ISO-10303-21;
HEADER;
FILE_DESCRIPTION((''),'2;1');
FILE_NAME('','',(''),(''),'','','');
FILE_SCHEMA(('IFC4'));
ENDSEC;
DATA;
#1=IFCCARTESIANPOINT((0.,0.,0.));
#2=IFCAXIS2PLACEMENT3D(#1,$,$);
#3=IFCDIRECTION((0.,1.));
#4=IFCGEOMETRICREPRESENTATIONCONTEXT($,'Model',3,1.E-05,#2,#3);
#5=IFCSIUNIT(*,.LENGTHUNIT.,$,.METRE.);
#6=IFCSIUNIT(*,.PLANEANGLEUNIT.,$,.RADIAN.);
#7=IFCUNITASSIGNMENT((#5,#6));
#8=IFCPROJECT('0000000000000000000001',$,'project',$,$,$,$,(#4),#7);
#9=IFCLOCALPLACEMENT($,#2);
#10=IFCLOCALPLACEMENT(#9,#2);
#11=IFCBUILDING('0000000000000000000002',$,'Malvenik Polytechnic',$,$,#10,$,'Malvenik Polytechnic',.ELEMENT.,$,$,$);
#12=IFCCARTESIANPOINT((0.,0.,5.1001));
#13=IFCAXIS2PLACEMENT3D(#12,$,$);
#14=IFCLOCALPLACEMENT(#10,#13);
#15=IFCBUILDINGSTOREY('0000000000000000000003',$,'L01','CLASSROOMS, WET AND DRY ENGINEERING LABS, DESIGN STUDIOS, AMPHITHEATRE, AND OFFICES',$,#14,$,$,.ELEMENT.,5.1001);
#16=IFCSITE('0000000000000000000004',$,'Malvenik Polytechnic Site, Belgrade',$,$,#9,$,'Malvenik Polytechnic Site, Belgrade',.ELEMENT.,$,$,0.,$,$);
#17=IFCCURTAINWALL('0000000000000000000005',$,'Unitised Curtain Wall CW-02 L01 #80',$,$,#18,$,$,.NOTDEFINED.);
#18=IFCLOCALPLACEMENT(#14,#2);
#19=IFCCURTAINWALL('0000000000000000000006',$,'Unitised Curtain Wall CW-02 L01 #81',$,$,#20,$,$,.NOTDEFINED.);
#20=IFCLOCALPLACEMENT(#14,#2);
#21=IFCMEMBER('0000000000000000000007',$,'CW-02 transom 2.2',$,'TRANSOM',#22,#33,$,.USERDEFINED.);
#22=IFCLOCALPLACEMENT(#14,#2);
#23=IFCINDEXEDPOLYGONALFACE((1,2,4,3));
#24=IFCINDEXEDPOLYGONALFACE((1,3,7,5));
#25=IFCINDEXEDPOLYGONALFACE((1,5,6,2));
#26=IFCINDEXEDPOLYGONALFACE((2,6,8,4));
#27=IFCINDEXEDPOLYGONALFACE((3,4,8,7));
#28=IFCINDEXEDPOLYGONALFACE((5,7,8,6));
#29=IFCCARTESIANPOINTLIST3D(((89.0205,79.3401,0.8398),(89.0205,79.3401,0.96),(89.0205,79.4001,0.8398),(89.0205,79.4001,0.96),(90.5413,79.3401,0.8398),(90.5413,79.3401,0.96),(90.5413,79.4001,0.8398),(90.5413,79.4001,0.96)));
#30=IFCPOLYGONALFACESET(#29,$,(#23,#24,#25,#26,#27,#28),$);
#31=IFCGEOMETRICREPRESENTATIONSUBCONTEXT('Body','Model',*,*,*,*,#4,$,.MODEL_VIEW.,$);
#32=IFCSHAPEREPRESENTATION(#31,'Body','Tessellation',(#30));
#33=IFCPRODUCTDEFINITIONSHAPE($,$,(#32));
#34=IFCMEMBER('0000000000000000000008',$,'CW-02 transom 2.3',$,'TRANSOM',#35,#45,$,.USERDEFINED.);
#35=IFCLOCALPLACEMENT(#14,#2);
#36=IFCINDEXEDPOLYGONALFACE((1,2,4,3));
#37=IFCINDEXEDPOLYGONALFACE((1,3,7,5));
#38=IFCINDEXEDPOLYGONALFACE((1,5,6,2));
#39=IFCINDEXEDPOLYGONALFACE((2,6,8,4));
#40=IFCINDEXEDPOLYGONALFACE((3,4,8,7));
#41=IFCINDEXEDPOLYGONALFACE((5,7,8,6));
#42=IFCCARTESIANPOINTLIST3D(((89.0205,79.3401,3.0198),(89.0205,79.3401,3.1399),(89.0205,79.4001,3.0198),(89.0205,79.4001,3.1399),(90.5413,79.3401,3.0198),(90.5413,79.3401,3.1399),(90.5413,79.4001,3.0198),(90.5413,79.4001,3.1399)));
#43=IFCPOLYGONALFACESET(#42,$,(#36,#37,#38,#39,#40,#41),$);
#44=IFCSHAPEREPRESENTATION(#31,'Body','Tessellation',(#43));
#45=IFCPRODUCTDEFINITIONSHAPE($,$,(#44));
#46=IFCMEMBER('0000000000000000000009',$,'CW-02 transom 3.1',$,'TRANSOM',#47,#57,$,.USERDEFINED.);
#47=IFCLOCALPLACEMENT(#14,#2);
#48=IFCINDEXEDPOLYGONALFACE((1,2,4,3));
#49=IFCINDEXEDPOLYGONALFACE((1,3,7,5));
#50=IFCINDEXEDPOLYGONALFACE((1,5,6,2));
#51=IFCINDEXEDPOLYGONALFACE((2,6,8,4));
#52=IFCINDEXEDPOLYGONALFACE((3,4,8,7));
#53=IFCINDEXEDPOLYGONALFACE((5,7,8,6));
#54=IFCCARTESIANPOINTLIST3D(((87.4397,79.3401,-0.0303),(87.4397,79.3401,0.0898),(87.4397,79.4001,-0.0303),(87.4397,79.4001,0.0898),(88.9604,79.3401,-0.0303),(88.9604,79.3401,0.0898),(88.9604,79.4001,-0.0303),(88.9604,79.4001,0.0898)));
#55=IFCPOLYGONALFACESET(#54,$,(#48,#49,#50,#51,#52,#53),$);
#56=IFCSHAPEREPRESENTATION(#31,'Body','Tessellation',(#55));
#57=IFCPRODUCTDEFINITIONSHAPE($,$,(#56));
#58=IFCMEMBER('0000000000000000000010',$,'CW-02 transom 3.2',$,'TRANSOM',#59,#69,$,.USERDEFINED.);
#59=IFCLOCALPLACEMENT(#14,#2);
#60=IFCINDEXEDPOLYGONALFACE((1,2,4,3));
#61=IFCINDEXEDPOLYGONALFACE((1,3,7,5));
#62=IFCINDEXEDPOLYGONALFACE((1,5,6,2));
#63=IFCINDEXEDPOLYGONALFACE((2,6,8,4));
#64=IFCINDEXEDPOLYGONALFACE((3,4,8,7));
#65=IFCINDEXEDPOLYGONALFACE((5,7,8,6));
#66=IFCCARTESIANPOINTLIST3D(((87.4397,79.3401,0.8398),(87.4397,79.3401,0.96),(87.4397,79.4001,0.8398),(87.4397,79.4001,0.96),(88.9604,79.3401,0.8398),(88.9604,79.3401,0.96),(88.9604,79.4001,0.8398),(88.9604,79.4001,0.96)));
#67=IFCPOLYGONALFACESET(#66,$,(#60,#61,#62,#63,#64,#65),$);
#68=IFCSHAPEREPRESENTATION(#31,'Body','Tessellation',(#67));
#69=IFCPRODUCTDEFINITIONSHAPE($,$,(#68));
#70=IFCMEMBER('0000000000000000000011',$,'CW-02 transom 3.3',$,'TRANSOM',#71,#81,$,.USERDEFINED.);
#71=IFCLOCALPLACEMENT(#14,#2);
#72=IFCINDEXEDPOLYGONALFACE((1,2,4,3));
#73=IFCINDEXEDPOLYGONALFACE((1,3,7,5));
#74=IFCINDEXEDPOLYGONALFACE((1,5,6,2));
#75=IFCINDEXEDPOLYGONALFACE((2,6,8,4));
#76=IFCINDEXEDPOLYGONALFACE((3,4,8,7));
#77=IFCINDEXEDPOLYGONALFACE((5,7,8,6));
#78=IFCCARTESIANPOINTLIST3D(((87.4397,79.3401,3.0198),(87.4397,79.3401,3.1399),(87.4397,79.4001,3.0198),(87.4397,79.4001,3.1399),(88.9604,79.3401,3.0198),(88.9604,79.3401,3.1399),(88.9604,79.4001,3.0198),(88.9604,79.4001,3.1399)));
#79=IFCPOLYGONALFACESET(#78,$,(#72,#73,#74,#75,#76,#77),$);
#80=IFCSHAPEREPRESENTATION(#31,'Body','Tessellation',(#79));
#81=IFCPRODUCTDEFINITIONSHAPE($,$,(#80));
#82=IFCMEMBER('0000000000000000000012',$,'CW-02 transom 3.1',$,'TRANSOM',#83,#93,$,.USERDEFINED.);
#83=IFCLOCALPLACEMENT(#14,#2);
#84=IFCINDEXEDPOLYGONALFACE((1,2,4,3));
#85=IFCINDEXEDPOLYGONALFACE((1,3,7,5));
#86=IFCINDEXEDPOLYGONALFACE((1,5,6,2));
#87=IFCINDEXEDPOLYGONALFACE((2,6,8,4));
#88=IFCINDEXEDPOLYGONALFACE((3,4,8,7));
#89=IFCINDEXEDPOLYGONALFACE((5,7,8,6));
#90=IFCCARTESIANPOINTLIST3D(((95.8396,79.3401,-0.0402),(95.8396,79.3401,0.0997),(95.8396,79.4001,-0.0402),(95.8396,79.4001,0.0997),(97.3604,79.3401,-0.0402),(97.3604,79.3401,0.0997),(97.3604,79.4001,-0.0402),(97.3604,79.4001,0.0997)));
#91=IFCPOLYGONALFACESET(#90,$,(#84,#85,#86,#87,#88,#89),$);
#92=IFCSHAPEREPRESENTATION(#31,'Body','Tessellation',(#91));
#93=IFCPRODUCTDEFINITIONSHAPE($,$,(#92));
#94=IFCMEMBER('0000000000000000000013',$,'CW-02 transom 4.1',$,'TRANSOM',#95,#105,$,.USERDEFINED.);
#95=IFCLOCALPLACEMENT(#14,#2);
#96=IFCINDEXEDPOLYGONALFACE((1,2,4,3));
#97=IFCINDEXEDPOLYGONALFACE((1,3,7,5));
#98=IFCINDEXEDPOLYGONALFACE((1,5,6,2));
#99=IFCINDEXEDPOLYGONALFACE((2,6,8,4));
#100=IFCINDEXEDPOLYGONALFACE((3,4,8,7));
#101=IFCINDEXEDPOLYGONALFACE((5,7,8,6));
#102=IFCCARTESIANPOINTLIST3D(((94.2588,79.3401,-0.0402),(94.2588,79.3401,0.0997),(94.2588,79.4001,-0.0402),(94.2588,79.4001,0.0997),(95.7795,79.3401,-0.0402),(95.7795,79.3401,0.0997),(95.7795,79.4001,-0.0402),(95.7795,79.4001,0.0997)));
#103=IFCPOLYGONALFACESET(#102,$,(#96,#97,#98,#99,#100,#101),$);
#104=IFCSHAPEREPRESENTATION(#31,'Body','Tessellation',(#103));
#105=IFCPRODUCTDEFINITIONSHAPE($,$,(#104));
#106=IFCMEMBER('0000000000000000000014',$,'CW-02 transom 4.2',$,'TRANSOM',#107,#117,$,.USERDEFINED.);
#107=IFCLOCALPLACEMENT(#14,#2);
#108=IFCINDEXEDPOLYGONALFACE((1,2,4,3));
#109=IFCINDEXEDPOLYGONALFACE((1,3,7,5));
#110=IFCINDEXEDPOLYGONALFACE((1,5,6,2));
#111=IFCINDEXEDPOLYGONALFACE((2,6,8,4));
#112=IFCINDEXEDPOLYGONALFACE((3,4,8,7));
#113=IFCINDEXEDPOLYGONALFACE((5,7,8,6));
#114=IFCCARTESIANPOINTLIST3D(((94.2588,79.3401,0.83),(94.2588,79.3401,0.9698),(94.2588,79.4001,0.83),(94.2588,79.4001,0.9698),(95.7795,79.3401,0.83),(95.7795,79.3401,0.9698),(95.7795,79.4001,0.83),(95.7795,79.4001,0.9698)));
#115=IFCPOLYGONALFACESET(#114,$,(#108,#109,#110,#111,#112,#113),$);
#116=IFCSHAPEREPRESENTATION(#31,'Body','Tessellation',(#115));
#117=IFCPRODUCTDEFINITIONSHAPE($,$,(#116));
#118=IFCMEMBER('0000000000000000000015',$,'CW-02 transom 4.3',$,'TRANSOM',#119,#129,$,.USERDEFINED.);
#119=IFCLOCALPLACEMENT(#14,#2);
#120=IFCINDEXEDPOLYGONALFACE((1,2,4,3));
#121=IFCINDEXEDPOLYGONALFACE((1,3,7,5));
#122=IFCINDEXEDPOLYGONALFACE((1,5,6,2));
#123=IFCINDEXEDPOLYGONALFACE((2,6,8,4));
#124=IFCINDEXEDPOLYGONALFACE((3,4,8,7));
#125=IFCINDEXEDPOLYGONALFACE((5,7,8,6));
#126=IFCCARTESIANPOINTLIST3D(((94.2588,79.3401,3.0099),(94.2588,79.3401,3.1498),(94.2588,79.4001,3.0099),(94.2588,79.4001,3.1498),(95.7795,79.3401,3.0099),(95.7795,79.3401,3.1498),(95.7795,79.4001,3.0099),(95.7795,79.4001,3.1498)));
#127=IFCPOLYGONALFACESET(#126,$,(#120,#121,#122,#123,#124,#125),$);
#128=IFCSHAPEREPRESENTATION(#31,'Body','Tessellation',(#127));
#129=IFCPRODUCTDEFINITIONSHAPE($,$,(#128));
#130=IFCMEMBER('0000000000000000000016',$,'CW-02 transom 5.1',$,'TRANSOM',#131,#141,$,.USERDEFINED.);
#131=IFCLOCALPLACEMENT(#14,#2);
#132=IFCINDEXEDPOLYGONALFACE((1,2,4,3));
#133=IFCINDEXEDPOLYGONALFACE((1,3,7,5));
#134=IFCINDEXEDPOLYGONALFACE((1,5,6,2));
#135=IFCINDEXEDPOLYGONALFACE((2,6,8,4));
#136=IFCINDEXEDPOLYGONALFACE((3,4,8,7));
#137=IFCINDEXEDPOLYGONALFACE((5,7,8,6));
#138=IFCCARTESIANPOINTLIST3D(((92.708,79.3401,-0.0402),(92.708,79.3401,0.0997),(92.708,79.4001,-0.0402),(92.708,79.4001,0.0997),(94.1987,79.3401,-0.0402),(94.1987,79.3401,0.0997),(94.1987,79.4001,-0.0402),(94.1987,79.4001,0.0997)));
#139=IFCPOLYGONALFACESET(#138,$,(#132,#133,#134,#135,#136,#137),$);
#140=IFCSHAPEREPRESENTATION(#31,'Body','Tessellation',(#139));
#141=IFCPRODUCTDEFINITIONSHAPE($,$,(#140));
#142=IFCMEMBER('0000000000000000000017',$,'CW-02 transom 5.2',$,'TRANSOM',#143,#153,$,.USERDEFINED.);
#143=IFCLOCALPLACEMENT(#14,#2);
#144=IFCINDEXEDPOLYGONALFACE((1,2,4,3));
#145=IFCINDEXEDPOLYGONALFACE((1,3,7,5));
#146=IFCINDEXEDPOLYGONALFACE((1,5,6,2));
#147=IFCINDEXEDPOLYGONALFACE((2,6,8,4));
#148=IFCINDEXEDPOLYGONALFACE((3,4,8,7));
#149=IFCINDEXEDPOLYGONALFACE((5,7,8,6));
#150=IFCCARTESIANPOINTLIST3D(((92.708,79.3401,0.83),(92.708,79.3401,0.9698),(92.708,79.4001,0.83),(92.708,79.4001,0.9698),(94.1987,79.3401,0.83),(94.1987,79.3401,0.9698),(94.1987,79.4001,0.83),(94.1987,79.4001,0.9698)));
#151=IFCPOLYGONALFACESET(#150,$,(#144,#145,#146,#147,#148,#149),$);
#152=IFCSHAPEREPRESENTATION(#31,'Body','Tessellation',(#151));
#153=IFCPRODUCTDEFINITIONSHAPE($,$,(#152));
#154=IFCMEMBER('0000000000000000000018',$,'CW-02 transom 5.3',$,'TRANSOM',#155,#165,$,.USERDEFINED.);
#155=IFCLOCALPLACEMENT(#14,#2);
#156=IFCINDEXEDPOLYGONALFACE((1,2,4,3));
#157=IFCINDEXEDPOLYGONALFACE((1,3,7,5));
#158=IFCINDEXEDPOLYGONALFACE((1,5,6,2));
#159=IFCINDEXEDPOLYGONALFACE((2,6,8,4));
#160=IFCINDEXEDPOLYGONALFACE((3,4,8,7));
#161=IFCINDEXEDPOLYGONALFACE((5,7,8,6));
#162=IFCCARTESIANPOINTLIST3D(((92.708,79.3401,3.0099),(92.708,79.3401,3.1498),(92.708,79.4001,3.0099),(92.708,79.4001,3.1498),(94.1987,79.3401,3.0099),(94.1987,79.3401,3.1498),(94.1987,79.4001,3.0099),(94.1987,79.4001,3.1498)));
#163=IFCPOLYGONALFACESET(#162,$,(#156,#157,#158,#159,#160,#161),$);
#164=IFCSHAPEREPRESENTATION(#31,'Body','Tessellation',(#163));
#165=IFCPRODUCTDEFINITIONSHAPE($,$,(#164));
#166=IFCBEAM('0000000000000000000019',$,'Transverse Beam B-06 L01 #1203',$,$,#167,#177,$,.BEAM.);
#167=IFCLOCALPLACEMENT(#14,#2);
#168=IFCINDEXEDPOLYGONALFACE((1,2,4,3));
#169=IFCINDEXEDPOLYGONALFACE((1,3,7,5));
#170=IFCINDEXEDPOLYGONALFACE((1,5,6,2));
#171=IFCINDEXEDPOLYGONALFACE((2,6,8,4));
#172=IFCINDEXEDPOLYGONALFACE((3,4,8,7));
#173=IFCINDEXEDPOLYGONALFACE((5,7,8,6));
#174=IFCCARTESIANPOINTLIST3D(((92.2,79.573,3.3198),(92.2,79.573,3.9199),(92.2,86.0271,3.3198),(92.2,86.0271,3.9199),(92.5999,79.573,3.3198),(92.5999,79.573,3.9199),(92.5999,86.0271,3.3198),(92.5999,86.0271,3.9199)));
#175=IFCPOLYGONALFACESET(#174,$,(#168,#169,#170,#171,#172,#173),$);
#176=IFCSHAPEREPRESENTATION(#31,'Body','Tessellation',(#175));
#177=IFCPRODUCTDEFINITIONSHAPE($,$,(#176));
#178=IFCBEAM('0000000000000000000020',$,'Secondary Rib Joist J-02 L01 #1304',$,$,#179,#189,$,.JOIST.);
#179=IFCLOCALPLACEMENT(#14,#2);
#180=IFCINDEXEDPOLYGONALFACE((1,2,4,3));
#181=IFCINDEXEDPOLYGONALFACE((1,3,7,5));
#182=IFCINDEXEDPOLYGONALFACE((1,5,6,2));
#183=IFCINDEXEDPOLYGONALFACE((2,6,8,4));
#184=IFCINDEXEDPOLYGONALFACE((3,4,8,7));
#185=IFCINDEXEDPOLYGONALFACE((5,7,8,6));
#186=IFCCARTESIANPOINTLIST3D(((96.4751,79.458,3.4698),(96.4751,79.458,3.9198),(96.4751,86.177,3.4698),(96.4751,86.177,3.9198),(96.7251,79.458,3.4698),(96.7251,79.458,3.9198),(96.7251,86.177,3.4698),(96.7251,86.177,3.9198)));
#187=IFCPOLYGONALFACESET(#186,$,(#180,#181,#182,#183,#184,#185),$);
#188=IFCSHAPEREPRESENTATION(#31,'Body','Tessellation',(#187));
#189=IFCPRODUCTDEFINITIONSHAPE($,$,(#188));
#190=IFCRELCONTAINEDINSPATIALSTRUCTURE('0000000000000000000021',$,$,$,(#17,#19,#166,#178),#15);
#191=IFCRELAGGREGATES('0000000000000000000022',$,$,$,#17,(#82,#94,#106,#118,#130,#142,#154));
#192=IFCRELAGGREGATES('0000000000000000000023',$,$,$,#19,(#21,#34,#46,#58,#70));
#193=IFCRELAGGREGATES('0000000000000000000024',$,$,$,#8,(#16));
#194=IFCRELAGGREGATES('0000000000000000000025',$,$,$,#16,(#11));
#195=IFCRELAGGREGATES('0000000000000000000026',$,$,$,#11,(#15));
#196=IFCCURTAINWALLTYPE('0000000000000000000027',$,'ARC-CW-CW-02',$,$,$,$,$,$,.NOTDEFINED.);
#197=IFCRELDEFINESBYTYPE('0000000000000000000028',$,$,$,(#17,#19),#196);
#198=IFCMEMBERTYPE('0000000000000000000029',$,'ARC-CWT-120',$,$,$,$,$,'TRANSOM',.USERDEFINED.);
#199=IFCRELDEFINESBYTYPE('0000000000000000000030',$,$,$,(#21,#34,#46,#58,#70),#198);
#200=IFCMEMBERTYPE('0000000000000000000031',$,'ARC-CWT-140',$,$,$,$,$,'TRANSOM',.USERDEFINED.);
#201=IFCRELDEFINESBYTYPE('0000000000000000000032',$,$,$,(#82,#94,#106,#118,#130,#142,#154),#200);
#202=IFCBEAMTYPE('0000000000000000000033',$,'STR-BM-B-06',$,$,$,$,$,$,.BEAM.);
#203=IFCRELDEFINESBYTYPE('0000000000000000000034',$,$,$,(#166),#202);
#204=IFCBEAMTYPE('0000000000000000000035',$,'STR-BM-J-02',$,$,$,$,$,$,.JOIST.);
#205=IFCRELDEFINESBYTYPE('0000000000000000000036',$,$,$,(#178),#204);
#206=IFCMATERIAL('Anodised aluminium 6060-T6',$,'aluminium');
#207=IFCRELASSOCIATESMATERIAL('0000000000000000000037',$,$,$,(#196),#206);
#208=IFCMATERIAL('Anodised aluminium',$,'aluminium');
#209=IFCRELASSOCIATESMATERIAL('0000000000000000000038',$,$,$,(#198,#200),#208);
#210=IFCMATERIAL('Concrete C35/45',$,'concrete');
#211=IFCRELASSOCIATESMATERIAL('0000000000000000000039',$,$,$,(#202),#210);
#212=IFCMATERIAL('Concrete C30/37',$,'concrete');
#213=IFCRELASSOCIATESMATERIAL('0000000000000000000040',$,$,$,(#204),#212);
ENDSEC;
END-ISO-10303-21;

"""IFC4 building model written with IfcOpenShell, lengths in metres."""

from ifc_helpers import new_model, si_unit, direction, frame, origin, origin_2d, place, context, subcontext, project, spatial, rectangle, extrude, material, material_profile, profile_set, type_object, element, aggregate, save


model = new_model("IFC4")

# Units and contexts
model_context = context("Model", 3, precision=1e-05, world=origin(), true_north=direction((0.0, 1.0)))
body_context = subcontext(model_context, "Body", "Model", "MODEL_VIEW")
ifc_project = project(units=[si_unit("LENGTHUNIT", "METRE"), si_unit("PLANEANGLEUNIT", "RADIAN")], contexts=[model_context])

# Site, building, storey
site_placement = place(None, origin())
site = spatial("IfcSite", under=ifc_project, at=site_placement, Name="Malvenik Polytechnic Site, Belgrade", LongName="Malvenik Polytechnic Site, Belgrade", CompositionType="ELEMENT", RefElevation=0.0)
building_placement = place(site_placement, origin())
building = spatial("IfcBuilding", under=site, at=building_placement, Name="Malvenik Polytechnic", LongName="Malvenik Polytechnic", CompositionType="ELEMENT")
storey_placement = place(building_placement, frame((0.0, 0.0, 5.1001)))
storey = spatial("IfcBuildingStorey", under=building, at=storey_placement, Name="L01", Description="CLASSROOMS, WET AND DRY ENGINEERING LABS, DESIGN STUDIOS, AMPHITHEATRE, AND OFFICES", CompositionType="ELEMENT", Elevation=5.1001)

# Shared definitions
ifc_material_1 = material(Name="Concrete C35/45", Category="concrete")

# Curtain walls, members
ifc_material_2 = material(Name="Anodised aluminium 6060-T6", Category="aluminium")
curtain_wall_type = type_object("IfcCurtainWallType", Name="ARC-CW-CW-02", PredefinedType="NOTDEFINED", material=ifc_material_2)
curtain_wall_1_placement = place(storey_placement, origin())
curtain_wall_1 = element("IfcCurtainWall", 1, at=curtain_wall_1_placement, inside=storey, type_object=curtain_wall_type, Name="Unitised Curtain Wall CW-02 L01 #80", PredefinedType="NOTDEFINED")
ifc_material_3 = material(Name="Anodised aluminium", Category="aluminium")
curtain_wall_2_placement = place(storey_placement, origin())
curtain_wall_2 = element("IfcCurtainWall", 2, at=curtain_wall_2_placement, inside=storey, type_object=curtain_wall_type, Name="Unitised Curtain Wall CW-02 L01 #81", PredefinedType="NOTDEFINED")
ifc_material_profile_1 = material_profile(ifc_material_3, rectangle(XDim=0.0601, YDim=0.1201, at=origin_2d()), Name="ALU TRANSOM 60x120")
ifc_profile_set_1 = profile_set([ifc_material_profile_1], Name="Anodised aluminium")
member_type_1 = type_object("IfcMemberType", Name="ARC-CWT-120", ElementType="TRANSOM", PredefinedType="USERDEFINED", material=ifc_profile_set_1)
member_1_placement = place(storey_placement, frame((90.5413, 79.3701, 0.8999), z_axis=(-1.0, 0.0, 0.0), x_axis=(0.0, -1.0, 0.0)))
member_1 = element("IfcMember", 3, at=member_1_placement, type_object=member_type_1, Name="CW-02 transom 2.2", ObjectType="TRANSOM", PredefinedType="USERDEFINED", context=body_context, shape_type="SweptSolid", body=[
    extrude(rectangle(XDim=0.0601, YDim=0.1201, at=origin_2d()), origin(), (0.0, 0.0, 1.0), 1.5208),
])
member_2_placement = place(storey_placement, frame((90.5413, 79.3701, 3.0798), z_axis=(-1.0, 0.0, 0.0), x_axis=(0.0, -1.0, 0.0)))
member_2 = element("IfcMember", 4, at=member_2_placement, type_object=member_type_1, Name="CW-02 transom 2.3", ObjectType="TRANSOM", PredefinedType="USERDEFINED", context=body_context, shape_type="SweptSolid", body=[
    extrude(rectangle(XDim=0.0601, YDim=0.1201, at=origin_2d()), origin(), (0.0, 0.0, 1.0), 1.5208),
])
member_3_placement = place(storey_placement, frame((88.9604, 79.3701, 0.0298), z_axis=(-1.0, 0.0, 0.0), x_axis=(0.0, -1.0, 0.0)))
member_3 = element("IfcMember", 5, at=member_3_placement, type_object=member_type_1, Name="CW-02 transom 3.1", ObjectType="TRANSOM", PredefinedType="USERDEFINED", context=body_context, shape_type="SweptSolid", body=[
    extrude(rectangle(XDim=0.0601, YDim=0.1201, at=origin_2d()), origin(), (0.0, 0.0, 1.0), 1.5208),
])
member_4_placement = place(storey_placement, frame((88.9604, 79.3701, 0.8999), z_axis=(-1.0, 0.0, 0.0), x_axis=(0.0, -1.0, 0.0)))
member_4 = element("IfcMember", 6, at=member_4_placement, type_object=member_type_1, Name="CW-02 transom 3.2", ObjectType="TRANSOM", PredefinedType="USERDEFINED", context=body_context, shape_type="SweptSolid", body=[
    extrude(rectangle(XDim=0.0601, YDim=0.1201, at=origin_2d()), origin(), (0.0, 0.0, 1.0), 1.5208),
])
member_5_placement = place(storey_placement, frame((88.9604, 79.3701, 3.0798), z_axis=(-1.0, 0.0, 0.0), x_axis=(0.0, -1.0, 0.0)))
member_5 = element("IfcMember", 7, at=member_5_placement, type_object=member_type_1, Name="CW-02 transom 3.3", ObjectType="TRANSOM", PredefinedType="USERDEFINED", context=body_context, shape_type="SweptSolid", body=[
    extrude(rectangle(XDim=0.0601, YDim=0.1201, at=origin_2d()), origin(), (0.0, 0.0, 1.0), 1.5208),
])

# Members
ifc_material_profile_2 = material_profile(ifc_material_3, rectangle(XDim=0.0601, YDim=0.1399, at=origin_2d()), Name="ALU TRANSOM 60x140")
ifc_profile_set_2 = profile_set([ifc_material_profile_2], Name="Anodised aluminium")
member_type_2 = type_object("IfcMemberType", Name="ARC-CWT-140", ElementType="TRANSOM", PredefinedType="USERDEFINED", material=ifc_profile_set_2)
member_6_placement = place(storey_placement, frame((97.3604, 79.3701, 0.0298), z_axis=(-1.0, 0.0, 0.0), x_axis=(0.0, -1.0, 0.0)))
member_6 = element("IfcMember", 8, at=member_6_placement, type_object=member_type_2, Name="CW-02 transom 3.1", ObjectType="TRANSOM", PredefinedType="USERDEFINED", context=body_context, shape_type="SweptSolid", body=[
    extrude(rectangle(XDim=0.0601, YDim=0.1399, at=origin_2d()), origin(), (0.0, 0.0, 1.0), 1.5208),
])
member_7_placement = place(storey_placement, frame((95.7795, 79.3701, 0.0298), z_axis=(-1.0, 0.0, 0.0), x_axis=(0.0, -1.0, 0.0)))
member_7 = element("IfcMember", 9, at=member_7_placement, type_object=member_type_2, Name="CW-02 transom 4.1", ObjectType="TRANSOM", PredefinedType="USERDEFINED", context=body_context, shape_type="SweptSolid", body=[
    extrude(rectangle(XDim=0.0601, YDim=0.1399, at=origin_2d()), origin(), (0.0, 0.0, 1.0), 1.5208),
])
member_8_placement = place(storey_placement, frame((95.7795, 79.3701, 0.8999), z_axis=(-1.0, 0.0, 0.0), x_axis=(0.0, -1.0, 0.0)))
member_8 = element("IfcMember", 10, at=member_8_placement, type_object=member_type_2, Name="CW-02 transom 4.2", ObjectType="TRANSOM", PredefinedType="USERDEFINED", context=body_context, shape_type="SweptSolid", body=[
    extrude(rectangle(XDim=0.0601, YDim=0.1399, at=origin_2d()), origin(), (0.0, 0.0, 1.0), 1.5208),
])
member_9_placement = place(storey_placement, frame((95.7795, 79.3701, 3.0798), z_axis=(-1.0, 0.0, 0.0), x_axis=(0.0, -1.0, 0.0)))
member_9 = element("IfcMember", 11, at=member_9_placement, type_object=member_type_2, Name="CW-02 transom 4.3", ObjectType="TRANSOM", PredefinedType="USERDEFINED", context=body_context, shape_type="SweptSolid", body=[
    extrude(rectangle(XDim=0.0601, YDim=0.1399, at=origin_2d()), origin(), (0.0, 0.0, 1.0), 1.5208),
])
member_10_placement = place(storey_placement, frame((94.1987, 79.3701, 0.0298), z_axis=(-1.0, 0.0, 0.0), x_axis=(0.0, -1.0, 0.0)))
member_10 = element("IfcMember", 12, at=member_10_placement, type_object=member_type_2, Name="CW-02 transom 5.1", ObjectType="TRANSOM", PredefinedType="USERDEFINED", context=body_context, shape_type="SweptSolid", body=[
    extrude(rectangle(XDim=0.0601, YDim=0.1399, at=origin_2d()), origin(), (0.0, 0.0, 1.0), 1.4907),
])
member_11_placement = place(storey_placement, frame((94.1987, 79.3701, 0.8999), z_axis=(-1.0, 0.0, 0.0), x_axis=(0.0, -1.0, 0.0)))
member_11 = element("IfcMember", 13, at=member_11_placement, type_object=member_type_2, Name="CW-02 transom 5.2", ObjectType="TRANSOM", PredefinedType="USERDEFINED", context=body_context, shape_type="SweptSolid", body=[
    extrude(rectangle(XDim=0.0601, YDim=0.1399, at=origin_2d()), origin(), (0.0, 0.0, 1.0), 1.4907),
])
member_12_placement = place(storey_placement, frame((94.1987, 79.3701, 3.0798), z_axis=(-1.0, 0.0, 0.0), x_axis=(0.0, -1.0, 0.0)))
member_12 = element("IfcMember", 14, at=member_12_placement, type_object=member_type_2, Name="CW-02 transom 5.3", ObjectType="TRANSOM", PredefinedType="USERDEFINED", context=body_context, shape_type="SweptSolid", body=[
    extrude(rectangle(XDim=0.0601, YDim=0.1399, at=origin_2d()), origin(), (0.0, 0.0, 1.0), 1.4907),
])

# Beams
ifc_material_profile_3 = material_profile(ifc_material_1, rectangle(XDim=0.3999, YDim=0.6001, at=origin_2d()), Name="RC BM 400x600")
ifc_profile_set_3 = profile_set([ifc_material_profile_3], Name="Concrete C35/45")
beam_type_1 = type_object("IfcBeamType", Name="STR-BM-B-06", PredefinedType="BEAM", material=ifc_profile_set_3)
beam_1_placement = place(storey_placement, frame((92.3999, 79.573, 3.6199), z_axis=(0.0, 1.0, 0.0), x_axis=(-1.0, 0.0, 0.0)))
element("IfcBeam", 15, at=beam_1_placement, inside=storey, type_object=beam_type_1, Name="Transverse Beam B-06 L01 #1203", PredefinedType="BEAM", context=body_context, shape_type="SweptSolid", body=[
    extrude(rectangle(XDim=0.3999, YDim=0.6001, at=origin_2d()), origin(), (0.0, 0.0, 1.0), 6.4541),
])
ifc_material_4 = material(Name="Concrete C30/37", Category="concrete")
ifc_material_profile_4 = material_profile(ifc_material_4, rectangle(XDim=0.25, YDim=0.45, at=origin_2d()), Name="RC JST 250x450")
ifc_profile_set_4 = profile_set([ifc_material_profile_4], Name="Concrete C30/37")
beam_type_2 = type_object("IfcBeamType", Name="STR-BM-J-02", PredefinedType="JOIST", material=ifc_profile_set_4)
beam_2_placement = place(storey_placement, frame((96.6001, 79.458, 3.6948), z_axis=(0.0, 1.0, 0.0), x_axis=(-1.0, 0.0, 0.0)))
element("IfcBeam", 16, at=beam_2_placement, inside=storey, type_object=beam_type_2, Name="Secondary Rib Joist J-02 L01 #1304", PredefinedType="JOIST", context=body_context, shape_type="SweptSolid", body=[
    extrude(rectangle(XDim=0.25, YDim=0.45, at=origin_2d()), origin(), (0.0, 0.0, 1.0), 6.719),
])

aggregate(curtain_wall_1, [member_6, member_7, member_8, member_9, member_10, member_11, member_12])
aggregate(curtain_wall_2, [member_1, member_2, member_3, member_4, member_5])

save(model, "model.ifc")
